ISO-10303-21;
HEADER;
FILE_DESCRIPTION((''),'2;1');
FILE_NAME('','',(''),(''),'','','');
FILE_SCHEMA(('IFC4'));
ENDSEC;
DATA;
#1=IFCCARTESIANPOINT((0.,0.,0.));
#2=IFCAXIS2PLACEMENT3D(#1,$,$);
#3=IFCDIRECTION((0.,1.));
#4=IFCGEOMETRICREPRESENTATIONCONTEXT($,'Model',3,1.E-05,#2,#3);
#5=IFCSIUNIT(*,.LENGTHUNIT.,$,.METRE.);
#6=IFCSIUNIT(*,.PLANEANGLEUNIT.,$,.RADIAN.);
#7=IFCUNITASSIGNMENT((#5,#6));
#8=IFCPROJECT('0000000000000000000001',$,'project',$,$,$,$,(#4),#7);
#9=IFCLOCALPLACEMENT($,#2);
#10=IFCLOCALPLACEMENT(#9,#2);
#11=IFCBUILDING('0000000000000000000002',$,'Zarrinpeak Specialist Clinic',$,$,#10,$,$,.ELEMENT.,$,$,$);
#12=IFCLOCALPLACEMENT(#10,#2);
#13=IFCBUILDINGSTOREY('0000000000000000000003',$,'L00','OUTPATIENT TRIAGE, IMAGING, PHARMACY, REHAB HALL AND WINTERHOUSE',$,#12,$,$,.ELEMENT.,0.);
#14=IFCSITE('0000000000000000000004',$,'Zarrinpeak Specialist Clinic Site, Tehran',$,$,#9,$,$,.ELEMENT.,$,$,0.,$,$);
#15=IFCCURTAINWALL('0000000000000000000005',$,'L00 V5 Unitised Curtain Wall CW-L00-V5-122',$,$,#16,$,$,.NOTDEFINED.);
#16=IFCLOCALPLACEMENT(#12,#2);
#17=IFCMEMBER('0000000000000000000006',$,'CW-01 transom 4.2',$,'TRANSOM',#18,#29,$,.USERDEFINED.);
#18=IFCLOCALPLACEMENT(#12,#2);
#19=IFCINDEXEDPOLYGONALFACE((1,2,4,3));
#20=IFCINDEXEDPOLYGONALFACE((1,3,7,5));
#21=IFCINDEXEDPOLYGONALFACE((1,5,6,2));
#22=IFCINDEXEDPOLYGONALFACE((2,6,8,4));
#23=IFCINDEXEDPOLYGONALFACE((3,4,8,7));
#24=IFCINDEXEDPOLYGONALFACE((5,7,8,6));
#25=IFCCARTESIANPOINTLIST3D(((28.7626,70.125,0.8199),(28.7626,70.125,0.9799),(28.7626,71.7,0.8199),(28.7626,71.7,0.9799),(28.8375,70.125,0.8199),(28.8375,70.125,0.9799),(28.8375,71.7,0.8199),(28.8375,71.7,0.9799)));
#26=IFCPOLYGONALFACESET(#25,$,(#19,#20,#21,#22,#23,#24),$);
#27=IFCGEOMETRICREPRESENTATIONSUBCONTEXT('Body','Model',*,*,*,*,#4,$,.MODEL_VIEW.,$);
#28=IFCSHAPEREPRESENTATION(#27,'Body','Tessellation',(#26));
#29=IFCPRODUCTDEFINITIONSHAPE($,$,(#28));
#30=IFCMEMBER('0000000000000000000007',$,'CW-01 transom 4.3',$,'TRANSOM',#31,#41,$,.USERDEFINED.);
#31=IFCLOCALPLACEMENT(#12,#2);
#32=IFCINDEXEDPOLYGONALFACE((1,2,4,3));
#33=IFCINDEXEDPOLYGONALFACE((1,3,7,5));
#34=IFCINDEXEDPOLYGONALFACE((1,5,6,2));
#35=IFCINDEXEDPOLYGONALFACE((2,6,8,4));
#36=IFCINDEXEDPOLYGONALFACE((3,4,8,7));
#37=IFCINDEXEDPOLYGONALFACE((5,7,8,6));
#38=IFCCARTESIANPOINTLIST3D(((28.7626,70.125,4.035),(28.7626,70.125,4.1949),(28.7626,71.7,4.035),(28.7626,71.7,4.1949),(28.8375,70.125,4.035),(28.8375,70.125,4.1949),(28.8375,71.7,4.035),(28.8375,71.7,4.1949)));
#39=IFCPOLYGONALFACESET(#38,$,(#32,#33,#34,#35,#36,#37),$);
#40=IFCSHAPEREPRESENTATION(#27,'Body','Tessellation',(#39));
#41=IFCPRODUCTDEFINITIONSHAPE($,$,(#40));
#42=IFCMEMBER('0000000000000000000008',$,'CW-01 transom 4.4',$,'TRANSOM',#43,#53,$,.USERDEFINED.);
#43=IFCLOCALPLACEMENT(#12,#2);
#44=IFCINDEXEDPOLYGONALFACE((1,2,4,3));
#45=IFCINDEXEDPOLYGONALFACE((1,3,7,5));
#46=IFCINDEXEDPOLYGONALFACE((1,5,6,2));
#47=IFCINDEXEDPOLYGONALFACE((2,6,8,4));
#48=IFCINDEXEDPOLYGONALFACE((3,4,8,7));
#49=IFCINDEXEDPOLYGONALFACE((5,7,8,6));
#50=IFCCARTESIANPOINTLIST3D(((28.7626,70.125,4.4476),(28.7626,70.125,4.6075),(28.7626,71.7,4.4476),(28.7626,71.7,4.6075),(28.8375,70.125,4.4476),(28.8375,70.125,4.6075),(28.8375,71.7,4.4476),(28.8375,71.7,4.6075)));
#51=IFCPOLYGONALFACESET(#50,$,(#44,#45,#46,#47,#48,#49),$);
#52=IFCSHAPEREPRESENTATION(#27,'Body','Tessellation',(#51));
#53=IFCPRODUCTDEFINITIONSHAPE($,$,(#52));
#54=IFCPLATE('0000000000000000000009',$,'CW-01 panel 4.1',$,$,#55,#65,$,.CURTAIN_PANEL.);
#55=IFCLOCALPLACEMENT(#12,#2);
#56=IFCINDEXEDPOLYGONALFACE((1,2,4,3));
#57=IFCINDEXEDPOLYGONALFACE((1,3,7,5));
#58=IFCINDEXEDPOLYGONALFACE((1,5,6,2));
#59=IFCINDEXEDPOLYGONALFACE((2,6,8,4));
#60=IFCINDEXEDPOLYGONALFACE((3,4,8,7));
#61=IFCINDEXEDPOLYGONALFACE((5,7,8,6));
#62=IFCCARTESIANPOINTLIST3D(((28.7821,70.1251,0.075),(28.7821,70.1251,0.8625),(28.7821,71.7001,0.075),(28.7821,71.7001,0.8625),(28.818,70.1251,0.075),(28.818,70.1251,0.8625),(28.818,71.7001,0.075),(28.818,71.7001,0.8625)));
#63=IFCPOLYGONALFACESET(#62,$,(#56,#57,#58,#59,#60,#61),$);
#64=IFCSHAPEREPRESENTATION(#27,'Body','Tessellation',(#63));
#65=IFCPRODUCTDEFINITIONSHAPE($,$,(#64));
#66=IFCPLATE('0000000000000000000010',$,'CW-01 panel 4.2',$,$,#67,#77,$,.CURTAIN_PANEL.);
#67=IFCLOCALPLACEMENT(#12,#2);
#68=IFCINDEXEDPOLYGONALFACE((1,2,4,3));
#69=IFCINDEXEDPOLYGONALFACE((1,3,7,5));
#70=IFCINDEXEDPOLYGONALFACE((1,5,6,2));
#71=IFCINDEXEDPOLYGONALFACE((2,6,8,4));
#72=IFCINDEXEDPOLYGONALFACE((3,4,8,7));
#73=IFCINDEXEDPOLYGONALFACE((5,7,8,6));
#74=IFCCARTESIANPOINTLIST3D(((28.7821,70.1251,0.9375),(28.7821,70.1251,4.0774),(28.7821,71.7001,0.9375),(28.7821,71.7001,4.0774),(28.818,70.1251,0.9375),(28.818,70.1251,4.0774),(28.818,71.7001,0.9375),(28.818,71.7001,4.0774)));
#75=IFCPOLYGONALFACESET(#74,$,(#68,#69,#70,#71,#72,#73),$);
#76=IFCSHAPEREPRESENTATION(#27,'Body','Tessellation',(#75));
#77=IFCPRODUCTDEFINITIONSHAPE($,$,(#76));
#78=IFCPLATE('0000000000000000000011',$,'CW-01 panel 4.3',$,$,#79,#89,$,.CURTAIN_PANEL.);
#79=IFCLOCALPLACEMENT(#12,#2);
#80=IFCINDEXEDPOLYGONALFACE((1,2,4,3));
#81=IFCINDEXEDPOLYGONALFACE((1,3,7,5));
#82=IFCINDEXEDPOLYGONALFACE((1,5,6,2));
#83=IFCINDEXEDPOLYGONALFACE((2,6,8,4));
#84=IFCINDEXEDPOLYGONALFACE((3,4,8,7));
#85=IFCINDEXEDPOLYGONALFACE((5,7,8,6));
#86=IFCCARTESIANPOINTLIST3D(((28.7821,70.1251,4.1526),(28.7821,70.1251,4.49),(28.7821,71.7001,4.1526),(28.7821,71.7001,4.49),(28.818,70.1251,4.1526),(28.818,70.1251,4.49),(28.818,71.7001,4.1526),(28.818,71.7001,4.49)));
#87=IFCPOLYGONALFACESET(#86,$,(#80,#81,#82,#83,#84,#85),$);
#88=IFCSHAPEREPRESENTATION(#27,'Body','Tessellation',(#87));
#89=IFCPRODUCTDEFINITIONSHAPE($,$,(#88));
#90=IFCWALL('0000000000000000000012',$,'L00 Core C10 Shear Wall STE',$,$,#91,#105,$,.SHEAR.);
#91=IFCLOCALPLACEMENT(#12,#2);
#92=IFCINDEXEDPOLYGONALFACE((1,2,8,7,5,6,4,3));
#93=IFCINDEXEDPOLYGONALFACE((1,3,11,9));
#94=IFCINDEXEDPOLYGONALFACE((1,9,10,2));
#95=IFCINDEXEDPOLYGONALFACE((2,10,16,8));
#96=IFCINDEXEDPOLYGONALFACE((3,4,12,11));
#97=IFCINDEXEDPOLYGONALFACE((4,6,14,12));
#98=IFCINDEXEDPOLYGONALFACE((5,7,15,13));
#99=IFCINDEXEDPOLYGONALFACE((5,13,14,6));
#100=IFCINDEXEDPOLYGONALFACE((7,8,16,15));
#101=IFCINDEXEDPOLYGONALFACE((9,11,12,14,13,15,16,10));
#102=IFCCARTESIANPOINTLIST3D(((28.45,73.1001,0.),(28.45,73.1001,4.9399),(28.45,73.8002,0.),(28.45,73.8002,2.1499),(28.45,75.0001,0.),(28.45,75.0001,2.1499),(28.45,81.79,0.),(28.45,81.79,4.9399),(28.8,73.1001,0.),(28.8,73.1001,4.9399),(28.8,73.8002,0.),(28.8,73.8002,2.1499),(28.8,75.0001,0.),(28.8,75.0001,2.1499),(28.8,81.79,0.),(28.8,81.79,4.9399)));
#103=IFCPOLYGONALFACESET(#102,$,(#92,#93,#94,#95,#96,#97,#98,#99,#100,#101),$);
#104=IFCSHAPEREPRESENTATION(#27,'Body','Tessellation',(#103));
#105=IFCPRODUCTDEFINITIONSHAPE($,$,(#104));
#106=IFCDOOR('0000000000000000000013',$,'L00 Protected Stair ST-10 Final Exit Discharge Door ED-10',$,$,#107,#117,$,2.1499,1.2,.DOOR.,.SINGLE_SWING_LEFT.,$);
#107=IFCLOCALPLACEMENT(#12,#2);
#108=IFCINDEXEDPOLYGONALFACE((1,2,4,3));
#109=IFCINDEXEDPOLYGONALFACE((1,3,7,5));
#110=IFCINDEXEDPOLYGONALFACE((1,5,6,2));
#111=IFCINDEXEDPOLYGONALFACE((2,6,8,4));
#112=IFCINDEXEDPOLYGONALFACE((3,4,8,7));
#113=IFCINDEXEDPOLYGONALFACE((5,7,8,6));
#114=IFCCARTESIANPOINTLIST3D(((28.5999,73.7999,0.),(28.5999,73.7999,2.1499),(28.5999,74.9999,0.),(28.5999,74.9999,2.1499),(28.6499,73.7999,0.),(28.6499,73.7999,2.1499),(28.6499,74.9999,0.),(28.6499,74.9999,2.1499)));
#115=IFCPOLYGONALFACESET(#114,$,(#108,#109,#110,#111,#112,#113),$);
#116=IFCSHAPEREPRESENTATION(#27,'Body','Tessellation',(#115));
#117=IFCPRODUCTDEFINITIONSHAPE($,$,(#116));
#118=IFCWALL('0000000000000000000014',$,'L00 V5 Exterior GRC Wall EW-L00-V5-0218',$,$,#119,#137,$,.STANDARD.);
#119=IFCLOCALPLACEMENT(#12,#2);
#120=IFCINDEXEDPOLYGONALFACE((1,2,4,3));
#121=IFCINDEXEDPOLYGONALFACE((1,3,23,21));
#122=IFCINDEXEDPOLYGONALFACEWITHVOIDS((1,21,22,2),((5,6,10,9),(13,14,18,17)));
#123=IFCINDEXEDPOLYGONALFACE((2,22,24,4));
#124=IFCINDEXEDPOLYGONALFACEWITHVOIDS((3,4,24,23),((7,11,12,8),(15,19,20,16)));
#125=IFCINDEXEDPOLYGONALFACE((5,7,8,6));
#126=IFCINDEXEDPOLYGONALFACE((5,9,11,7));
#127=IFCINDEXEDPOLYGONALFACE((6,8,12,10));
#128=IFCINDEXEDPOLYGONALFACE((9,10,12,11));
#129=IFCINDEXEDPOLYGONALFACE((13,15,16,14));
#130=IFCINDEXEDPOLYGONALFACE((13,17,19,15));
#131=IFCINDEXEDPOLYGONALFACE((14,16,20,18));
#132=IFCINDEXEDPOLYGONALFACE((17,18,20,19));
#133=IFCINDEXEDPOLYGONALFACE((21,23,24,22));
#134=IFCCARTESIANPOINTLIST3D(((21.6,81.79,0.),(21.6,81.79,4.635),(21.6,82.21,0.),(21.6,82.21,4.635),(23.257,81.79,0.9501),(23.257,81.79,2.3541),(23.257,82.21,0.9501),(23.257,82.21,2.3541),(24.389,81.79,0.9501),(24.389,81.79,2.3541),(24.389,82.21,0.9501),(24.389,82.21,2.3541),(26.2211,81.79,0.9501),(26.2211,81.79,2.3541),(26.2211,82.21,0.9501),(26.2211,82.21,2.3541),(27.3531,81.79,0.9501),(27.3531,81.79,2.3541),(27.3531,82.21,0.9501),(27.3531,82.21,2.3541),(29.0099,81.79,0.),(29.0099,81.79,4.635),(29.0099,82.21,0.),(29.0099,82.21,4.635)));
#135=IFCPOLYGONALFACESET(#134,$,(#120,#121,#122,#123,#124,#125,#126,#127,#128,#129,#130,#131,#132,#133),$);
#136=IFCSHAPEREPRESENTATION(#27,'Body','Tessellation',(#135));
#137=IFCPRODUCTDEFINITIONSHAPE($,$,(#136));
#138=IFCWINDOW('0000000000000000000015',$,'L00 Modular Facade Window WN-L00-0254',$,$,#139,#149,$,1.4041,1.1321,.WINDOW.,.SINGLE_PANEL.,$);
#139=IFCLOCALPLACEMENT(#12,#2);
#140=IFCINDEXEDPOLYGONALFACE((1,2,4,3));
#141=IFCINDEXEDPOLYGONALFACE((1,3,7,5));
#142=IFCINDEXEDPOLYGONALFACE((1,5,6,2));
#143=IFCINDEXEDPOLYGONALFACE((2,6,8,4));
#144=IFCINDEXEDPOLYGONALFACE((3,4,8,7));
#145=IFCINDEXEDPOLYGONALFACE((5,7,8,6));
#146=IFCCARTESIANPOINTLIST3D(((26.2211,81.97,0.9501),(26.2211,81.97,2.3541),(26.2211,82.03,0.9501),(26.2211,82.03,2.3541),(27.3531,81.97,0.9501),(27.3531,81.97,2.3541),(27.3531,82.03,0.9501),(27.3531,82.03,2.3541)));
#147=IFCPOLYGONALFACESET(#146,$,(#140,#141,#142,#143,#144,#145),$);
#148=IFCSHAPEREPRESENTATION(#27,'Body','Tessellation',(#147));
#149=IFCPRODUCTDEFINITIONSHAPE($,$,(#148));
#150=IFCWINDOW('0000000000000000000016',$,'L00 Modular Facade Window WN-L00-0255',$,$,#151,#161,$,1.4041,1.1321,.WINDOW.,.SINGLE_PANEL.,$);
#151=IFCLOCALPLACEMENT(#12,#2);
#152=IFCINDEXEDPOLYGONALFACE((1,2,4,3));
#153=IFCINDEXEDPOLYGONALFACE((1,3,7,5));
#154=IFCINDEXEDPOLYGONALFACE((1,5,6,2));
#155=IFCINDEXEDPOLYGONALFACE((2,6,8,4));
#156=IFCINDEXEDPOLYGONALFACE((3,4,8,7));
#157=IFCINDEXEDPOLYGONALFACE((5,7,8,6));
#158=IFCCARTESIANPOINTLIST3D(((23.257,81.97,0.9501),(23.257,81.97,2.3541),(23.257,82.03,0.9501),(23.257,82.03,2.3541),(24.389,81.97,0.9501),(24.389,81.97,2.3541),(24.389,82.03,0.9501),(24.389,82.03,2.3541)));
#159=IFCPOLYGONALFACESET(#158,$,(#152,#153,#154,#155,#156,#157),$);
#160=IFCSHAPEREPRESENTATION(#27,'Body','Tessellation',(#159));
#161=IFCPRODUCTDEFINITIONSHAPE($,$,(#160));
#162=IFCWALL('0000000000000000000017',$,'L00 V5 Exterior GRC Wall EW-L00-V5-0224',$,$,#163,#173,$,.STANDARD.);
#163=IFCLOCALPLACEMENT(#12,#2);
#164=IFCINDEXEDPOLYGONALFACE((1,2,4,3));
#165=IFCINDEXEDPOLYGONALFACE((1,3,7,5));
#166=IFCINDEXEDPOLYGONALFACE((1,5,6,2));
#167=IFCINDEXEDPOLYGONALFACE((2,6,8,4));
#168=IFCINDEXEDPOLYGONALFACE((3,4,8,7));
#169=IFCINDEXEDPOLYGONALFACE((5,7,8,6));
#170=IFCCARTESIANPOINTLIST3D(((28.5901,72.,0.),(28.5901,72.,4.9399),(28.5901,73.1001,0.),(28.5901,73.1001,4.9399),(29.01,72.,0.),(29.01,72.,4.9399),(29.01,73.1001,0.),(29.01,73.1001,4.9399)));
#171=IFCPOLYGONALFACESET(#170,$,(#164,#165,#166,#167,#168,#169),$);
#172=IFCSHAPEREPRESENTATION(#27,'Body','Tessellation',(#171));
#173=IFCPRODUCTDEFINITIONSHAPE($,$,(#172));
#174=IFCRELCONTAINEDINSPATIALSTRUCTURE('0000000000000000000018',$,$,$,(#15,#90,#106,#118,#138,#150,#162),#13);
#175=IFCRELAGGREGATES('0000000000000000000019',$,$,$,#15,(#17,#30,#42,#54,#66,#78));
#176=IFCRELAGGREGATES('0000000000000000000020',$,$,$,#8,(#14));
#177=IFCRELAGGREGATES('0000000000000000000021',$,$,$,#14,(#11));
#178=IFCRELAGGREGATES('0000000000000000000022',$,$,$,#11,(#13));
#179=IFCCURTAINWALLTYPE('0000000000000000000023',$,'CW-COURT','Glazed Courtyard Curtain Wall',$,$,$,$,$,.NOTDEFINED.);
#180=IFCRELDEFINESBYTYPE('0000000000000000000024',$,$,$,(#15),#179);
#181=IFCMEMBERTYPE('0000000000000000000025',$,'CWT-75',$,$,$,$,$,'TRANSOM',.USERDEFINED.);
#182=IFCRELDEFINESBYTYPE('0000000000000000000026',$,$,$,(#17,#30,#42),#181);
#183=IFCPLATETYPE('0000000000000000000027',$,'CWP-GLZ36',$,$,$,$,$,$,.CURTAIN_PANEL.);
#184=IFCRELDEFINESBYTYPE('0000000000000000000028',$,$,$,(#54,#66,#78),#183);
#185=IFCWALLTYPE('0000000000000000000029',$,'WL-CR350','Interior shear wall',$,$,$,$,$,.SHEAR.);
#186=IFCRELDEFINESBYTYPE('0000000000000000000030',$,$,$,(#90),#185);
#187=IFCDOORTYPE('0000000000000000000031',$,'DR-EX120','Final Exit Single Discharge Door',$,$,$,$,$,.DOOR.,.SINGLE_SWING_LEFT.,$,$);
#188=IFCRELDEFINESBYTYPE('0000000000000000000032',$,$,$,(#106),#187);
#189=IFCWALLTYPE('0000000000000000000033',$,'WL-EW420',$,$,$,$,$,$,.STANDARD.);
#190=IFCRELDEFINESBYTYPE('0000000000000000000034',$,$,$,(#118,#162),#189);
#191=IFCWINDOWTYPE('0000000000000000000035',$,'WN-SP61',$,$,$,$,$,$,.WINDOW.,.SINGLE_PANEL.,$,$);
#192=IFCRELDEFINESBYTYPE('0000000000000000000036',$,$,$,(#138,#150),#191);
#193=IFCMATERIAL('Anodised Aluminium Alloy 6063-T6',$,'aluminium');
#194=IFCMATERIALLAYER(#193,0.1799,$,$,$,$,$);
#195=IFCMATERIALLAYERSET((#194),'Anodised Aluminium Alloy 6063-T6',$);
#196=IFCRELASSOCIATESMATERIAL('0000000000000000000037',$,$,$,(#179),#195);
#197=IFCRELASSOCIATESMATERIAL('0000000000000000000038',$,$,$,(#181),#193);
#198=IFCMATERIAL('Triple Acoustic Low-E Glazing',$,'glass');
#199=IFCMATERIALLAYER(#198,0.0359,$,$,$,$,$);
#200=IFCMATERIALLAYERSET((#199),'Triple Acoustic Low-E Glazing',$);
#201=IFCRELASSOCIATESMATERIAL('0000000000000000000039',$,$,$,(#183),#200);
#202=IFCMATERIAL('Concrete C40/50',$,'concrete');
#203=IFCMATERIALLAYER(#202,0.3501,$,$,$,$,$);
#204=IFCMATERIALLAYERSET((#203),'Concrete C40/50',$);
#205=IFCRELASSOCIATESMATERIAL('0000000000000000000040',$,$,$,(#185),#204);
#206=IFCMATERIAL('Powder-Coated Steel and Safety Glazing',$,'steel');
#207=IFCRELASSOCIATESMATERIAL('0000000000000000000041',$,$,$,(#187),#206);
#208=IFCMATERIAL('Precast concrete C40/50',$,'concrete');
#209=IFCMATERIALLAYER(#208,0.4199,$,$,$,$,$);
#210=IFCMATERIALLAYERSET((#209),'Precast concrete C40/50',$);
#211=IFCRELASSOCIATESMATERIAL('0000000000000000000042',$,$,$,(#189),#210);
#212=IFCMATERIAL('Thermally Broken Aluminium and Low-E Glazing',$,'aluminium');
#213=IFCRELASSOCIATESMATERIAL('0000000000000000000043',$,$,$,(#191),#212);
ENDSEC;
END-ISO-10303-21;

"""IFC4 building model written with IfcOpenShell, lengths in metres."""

from ifc_helpers import new_model, si_unit, direction, frame, frame_2d, origin, origin_2d, place, context, subcontext, project, spatial, rectangle, extrude, material, layer, layer_set, material_profile, profile_set, type_object, element, fill, aggregate, save


model = new_model("IFC4")

# Units and contexts
model_context = context("Model", 3, precision=1e-05, world=origin(), true_north=direction((0.0, 1.0)))
body_context = subcontext(model_context, "Body", "Model", "MODEL_VIEW")
ifc_project = project(units=[si_unit("LENGTHUNIT", "METRE"), si_unit("PLANEANGLEUNIT", "RADIAN")], contexts=[model_context])

# Site, building, storey
site_placement = place(None, origin())
site = spatial("IfcSite", under=ifc_project, at=site_placement, Name="Zarrinpeak Specialist Clinic Site, Tehran", CompositionType="ELEMENT", RefElevation=0.0)
building_placement = place(site_placement, origin())
building = spatial("IfcBuilding", under=site, at=building_placement, Name="Zarrinpeak Specialist Clinic", CompositionType="ELEMENT")
storey_placement = place(building_placement, origin())
storey = spatial("IfcBuildingStorey", under=building, at=storey_placement, Name="L00", Description="OUTPATIENT TRIAGE, IMAGING, PHARMACY, REHAB HALL AND WINTERHOUSE", CompositionType="ELEMENT", Elevation=0.0)

# Curtain wall, members, plates
ifc_material_1 = material(Name="Anodised Aluminium Alloy 6063-T6", Category="aluminium")
ifc_layer_1 = layer(ifc_material_1, 0.1799)
ifc_layer_set_1 = layer_set([ifc_layer_1], Name="Anodised Aluminium Alloy 6063-T6")
curtain_wall_type = type_object("IfcCurtainWallType", Name="CW-COURT", Description="Glazed Courtyard Curtain Wall", PredefinedType="NOTDEFINED", material=ifc_layer_set_1)
curtain_wall_placement = place(storey_placement, origin())
curtain_wall = element("IfcCurtainWall", 1, at=curtain_wall_placement, inside=storey, type_object=curtain_wall_type, Name="L00 V5 Unitised Curtain Wall CW-L00-V5-122", PredefinedType="NOTDEFINED")
ifc_material_profile_1 = material_profile(ifc_material_1, rectangle(XDim=0.075, YDim=0.1599, at=origin_2d()), Name="ALU 75x160")
ifc_profile_set_1 = profile_set([ifc_material_profile_1], Name="Anodised Aluminium Alloy 6063-T6")
member_type_1 = type_object("IfcMemberType", Name="CWT-75", ElementType="TRANSOM", PredefinedType="USERDEFINED", material=ifc_profile_set_1)
member_1_placement = place(storey_placement, frame((28.8, 70.125, 0.8999), z_axis=(0.0, 1.0, 0.0), x_axis=(-1.0, 0.0, 0.0)))
member_1 = element("IfcMember", 2, at=member_1_placement, type_object=member_type_1, Name="CW-01 transom 4.2", ObjectType="TRANSOM", PredefinedType="USERDEFINED", context=body_context, shape_type="SweptSolid", body=[
    extrude(rectangle(XDim=0.075, YDim=0.1599, at=origin_2d()), origin(), (0.0, 0.0, 1.0), 1.575),
])
member_2_placement = place(storey_placement, frame((28.8, 70.125, 4.115), z_axis=(0.0, 1.0, 0.0), x_axis=(-1.0, 0.0, 0.0)))
member_2 = element("IfcMember", 3, at=member_2_placement, type_object=member_type_1, Name="CW-01 transom 4.3", ObjectType="TRANSOM", PredefinedType="USERDEFINED", context=body_context, shape_type="SweptSolid", body=[
    extrude(rectangle(XDim=0.075, YDim=0.1599, at=origin_2d()), origin(), (0.0, 0.0, 1.0), 1.575),
])
member_3_placement = place(storey_placement, frame((28.8, 70.125, 4.5276), z_axis=(0.0, 1.0, 0.0), x_axis=(-1.0, 0.0, 0.0)))
member_3 = element("IfcMember", 4, at=member_3_placement, type_object=member_type_1, Name="CW-01 transom 4.4", ObjectType="TRANSOM", PredefinedType="USERDEFINED", context=body_context, shape_type="SweptSolid", body=[
    extrude(rectangle(XDim=0.075, YDim=0.1599, at=origin_2d()), origin(), (0.0, 0.0, 1.0), 1.575),
])
ifc_material_2 = material(Name="Triple Acoustic Low-E Glazing", Category="glass")
ifc_layer_2 = layer(ifc_material_2, 0.0359)
ifc_layer_set_2 = layer_set([ifc_layer_2], Name="Triple Acoustic Low-E Glazing")
plate_type = type_object("IfcPlateType", Name="CWP-GLZ36", PredefinedType="CURTAIN_PANEL", material=ifc_layer_set_2)
plate_1_placement = place(storey_placement, frame((28.8, 70.9126, 0.075), z_axis=(0.0, 0.0, 1.0), x_axis=(0.0, 1.0, 0.0)))
plate_1 = element("IfcPlate", 5, at=plate_1_placement, type_object=plate_type, Name="CW-01 panel 4.1", PredefinedType="CURTAIN_PANEL", context=body_context, shape_type="SweptSolid", body=[
    extrude(rectangle(XDim=1.575, YDim=0.0359, at=origin_2d()), origin(), (0.0, 0.0, 1.0), 0.7876),
])
plate_2_placement = place(storey_placement, frame((28.8, 70.9126, 0.9375), z_axis=(0.0, 0.0, 1.0), x_axis=(0.0, 1.0, 0.0)))
plate_2 = element("IfcPlate", 6, at=plate_2_placement, type_object=plate_type, Name="CW-01 panel 4.2", PredefinedType="CURTAIN_PANEL", context=body_context, shape_type="SweptSolid", body=[
    extrude(rectangle(XDim=1.575, YDim=0.0359, at=origin_2d()), origin(), (0.0, 0.0, 1.0), 3.1399),
])
plate_3_placement = place(storey_placement, frame((28.8, 70.9126, 4.1526), z_axis=(0.0, 0.0, 1.0), x_axis=(0.0, 1.0, 0.0)))
plate_3 = element("IfcPlate", 7, at=plate_3_placement, type_object=plate_type, Name="CW-01 panel 4.3", PredefinedType="CURTAIN_PANEL", context=body_context, shape_type="SweptSolid", body=[
    extrude(rectangle(XDim=1.575, YDim=0.0359, at=origin_2d()), origin(), (0.0, 0.0, 1.0), 0.3374),
])
aggregate(curtain_wall, [member_1, member_2, member_3, plate_1, plate_2, plate_3])

# Wall, opening, door
ifc_material_3 = material(Name="Concrete C40/50", Category="concrete")
ifc_layer_3 = layer(ifc_material_3, 0.3501)
ifc_layer_set_3 = layer_set([ifc_layer_3], Name="Concrete C40/50")
wall_type_1 = type_object("IfcWallType", Name="WL-CR350", Description="Interior shear wall", PredefinedType="SHEAR", material=ifc_layer_set_3)
wall_1_placement = place(storey_placement, frame((28.625, 73.1001, 0.0), z_axis=(0.0, 0.0, 1.0), x_axis=(0.0, 1.0, 0.0)))
wall_1 = element("IfcWall", 8, at=wall_1_placement, inside=storey, type_object=wall_type_1, Name="L00 Core C10 Shear Wall STE", PredefinedType="SHEAR", context=body_context, shape_type="SweptSolid", body=[
    extrude(rectangle(XDim=8.6899, YDim=0.3501, at=frame_2d((4.345, 0.0))), origin(), (0.0, 0.0, 1.0), 4.9399),
])
opening_1_placement = place(wall_1_placement, frame((0.7, 0.0, 0.0)))
opening_1 = element("IfcOpeningElement", 9, at=opening_1_placement, cuts=wall_1, PredefinedType="OPENING", context=body_context, shape_type="SweptSolid", body=[
    extrude(rectangle(XDim=1.2, YDim=2.1499, at=frame_2d((0.6001, 1.075))), frame((0.0, 0.1851, 0.0), z_axis=(0.0, -1.0, 0.0), x_axis=(1.0, 0.0, 0.0)), (0.0, 0.0, 1.0), 0.3701),
])
ifc_material_4 = material(Name="Powder-Coated Steel and Safety Glazing", Category="steel")
door_type = type_object("IfcDoorType", Name="DR-EX120", Description="Final Exit Single Discharge Door", OperationType="SINGLE_SWING_LEFT", PredefinedType="DOOR", material=ifc_material_4)
door_placement = place(opening_1_placement, frame((1.2, 0.0, 0.0), z_axis=(0.0, 0.0, 1.0), x_axis=(-1.0, 0.0, 0.0)))
door = element("IfcDoor", 10, at=door_placement, inside=storey, type_object=door_type, Name="L00 Protected Stair ST-10 Final Exit Discharge Door ED-10", OperationType="SINGLE_SWING_LEFT", OverallHeight=2.1499, OverallWidth=1.2, PredefinedType="DOOR", context=body_context, shape_type="SweptSolid", body=[
    extrude(rectangle(XDim=1.2, YDim=2.1499, at=frame_2d((0.6001, 1.075))), frame((0.0, 0.0249, 0.0), z_axis=(0.0, -1.0, 0.0), x_axis=(1.0, 0.0, 0.0)), (0.0, 0.0, 1.0), 0.05),
])
fill(opening_1, door)

# Wall, openings, windows
ifc_material_5 = material(Name="Precast concrete C40/50", Category="concrete")
ifc_layer_4 = layer(ifc_material_5, 0.4199)
ifc_layer_set_4 = layer_set([ifc_layer_4], Name="Precast concrete C40/50")
wall_type_2 = type_object("IfcWallType", Name="WL-EW420", PredefinedType="STANDARD", material=ifc_layer_set_4)
wall_2_placement = place(storey_placement, frame((29.01, 82.0, 0.0), z_axis=(0.0, 0.0, 1.0), x_axis=(-1.0, 0.0, 0.0)))
wall_2 = element("IfcWall", 11, at=wall_2_placement, inside=storey, type_object=wall_type_2, Name="L00 V5 Exterior GRC Wall EW-L00-V5-0218", PredefinedType="STANDARD", context=body_context, shape_type="SweptSolid", body=[
    extrude(rectangle(XDim=7.4099, YDim=0.4199, at=frame_2d((3.7051, 0.0))), origin(), (0.0, 0.0, 1.0), 4.635),
])
opening_2_placement = place(wall_2_placement, frame((1.657, 0.0, 0.95)))
opening_2 = element("IfcOpeningElement", 12, at=opening_2_placement, cuts=wall_2, PredefinedType="OPENING", context=body_context, shape_type="SweptSolid", body=[
    extrude(rectangle(XDim=1.1321, YDim=1.4041, at=frame_2d((0.5659, 0.7021))), frame((0.0, 0.22, 0.0), z_axis=(0.0, -1.0, 0.0), x_axis=(1.0, 0.0, 0.0)), (0.0, 0.0, 1.0), 0.4399),
])
opening_3_placement = place(wall_2_placement, frame((4.6211, 0.0, 0.95)))
opening_3 = element("IfcOpeningElement", 13, at=opening_3_placement, cuts=wall_2, PredefinedType="OPENING", context=body_context, shape_type="SweptSolid", body=[
    extrude(rectangle(XDim=1.1321, YDim=1.4041, at=frame_2d((0.5659, 0.7021))), frame((0.0, 0.22, 0.0), z_axis=(0.0, -1.0, 0.0), x_axis=(1.0, 0.0, 0.0)), (0.0, 0.0, 1.0), 0.4399),
])
ifc_material_6 = material(Name="Thermally Broken Aluminium and Low-E Glazing", Category="aluminium")
window_type = type_object("IfcWindowType", Name="WN-SP61", PartitioningType="SINGLE_PANEL", PredefinedType="WINDOW", material=ifc_material_6)
window_1_placement = place(opening_2_placement, origin())
window_1 = element("IfcWindow", 14, at=window_1_placement, inside=storey, type_object=window_type, Name="L00 Modular Facade Window WN-L00-0254", OverallHeight=1.4041, OverallWidth=1.1321, PartitioningType="SINGLE_PANEL", PredefinedType="WINDOW", context=body_context, shape_type="SweptSolid", body=[
    extrude(rectangle(XDim=1.1321, YDim=1.4041, at=frame_2d((0.5659, 0.7021))), frame((0.0, 0.03, 0.0), z_axis=(0.0, -1.0, 0.0), x_axis=(1.0, 0.0, 0.0)), (0.0, 0.0, 1.0), 0.0601),
])
fill(opening_2, window_1)
window_2_placement = place(opening_3_placement, origin())
window_2 = element("IfcWindow", 15, at=window_2_placement, inside=storey, type_object=window_type, Name="L00 Modular Facade Window WN-L00-0255", OverallHeight=1.4041, OverallWidth=1.1321, PartitioningType="SINGLE_PANEL", PredefinedType="WINDOW", context=body_context, shape_type="SweptSolid", body=[
    extrude(rectangle(XDim=1.1321, YDim=1.4041, at=frame_2d((0.5659, 0.7021))), frame((0.0, 0.03, 0.0), z_axis=(0.0, -1.0, 0.0), x_axis=(1.0, 0.0, 0.0)), (0.0, 0.0, 1.0), 0.0601),
])
fill(opening_3, window_2)

# Wall
wall_3_placement = place(storey_placement, frame((28.8, 72.0, 0.0), z_axis=(0.0, 0.0, 1.0), x_axis=(0.0, 1.0, 0.0)))
element("IfcWall", 16, at=wall_3_placement, inside=storey, type_object=wall_type_2, Name="L00 V5 Exterior GRC Wall EW-L00-V5-0224", PredefinedType="STANDARD", context=body_context, shape_type="SweptSolid", body=[
    extrude(rectangle(XDim=1.1001, YDim=0.4199, at=frame_2d((0.55, 0.0))), origin(), (0.0, 0.0, 1.0), 4.9399),
])

save(model, "model.ifc")
